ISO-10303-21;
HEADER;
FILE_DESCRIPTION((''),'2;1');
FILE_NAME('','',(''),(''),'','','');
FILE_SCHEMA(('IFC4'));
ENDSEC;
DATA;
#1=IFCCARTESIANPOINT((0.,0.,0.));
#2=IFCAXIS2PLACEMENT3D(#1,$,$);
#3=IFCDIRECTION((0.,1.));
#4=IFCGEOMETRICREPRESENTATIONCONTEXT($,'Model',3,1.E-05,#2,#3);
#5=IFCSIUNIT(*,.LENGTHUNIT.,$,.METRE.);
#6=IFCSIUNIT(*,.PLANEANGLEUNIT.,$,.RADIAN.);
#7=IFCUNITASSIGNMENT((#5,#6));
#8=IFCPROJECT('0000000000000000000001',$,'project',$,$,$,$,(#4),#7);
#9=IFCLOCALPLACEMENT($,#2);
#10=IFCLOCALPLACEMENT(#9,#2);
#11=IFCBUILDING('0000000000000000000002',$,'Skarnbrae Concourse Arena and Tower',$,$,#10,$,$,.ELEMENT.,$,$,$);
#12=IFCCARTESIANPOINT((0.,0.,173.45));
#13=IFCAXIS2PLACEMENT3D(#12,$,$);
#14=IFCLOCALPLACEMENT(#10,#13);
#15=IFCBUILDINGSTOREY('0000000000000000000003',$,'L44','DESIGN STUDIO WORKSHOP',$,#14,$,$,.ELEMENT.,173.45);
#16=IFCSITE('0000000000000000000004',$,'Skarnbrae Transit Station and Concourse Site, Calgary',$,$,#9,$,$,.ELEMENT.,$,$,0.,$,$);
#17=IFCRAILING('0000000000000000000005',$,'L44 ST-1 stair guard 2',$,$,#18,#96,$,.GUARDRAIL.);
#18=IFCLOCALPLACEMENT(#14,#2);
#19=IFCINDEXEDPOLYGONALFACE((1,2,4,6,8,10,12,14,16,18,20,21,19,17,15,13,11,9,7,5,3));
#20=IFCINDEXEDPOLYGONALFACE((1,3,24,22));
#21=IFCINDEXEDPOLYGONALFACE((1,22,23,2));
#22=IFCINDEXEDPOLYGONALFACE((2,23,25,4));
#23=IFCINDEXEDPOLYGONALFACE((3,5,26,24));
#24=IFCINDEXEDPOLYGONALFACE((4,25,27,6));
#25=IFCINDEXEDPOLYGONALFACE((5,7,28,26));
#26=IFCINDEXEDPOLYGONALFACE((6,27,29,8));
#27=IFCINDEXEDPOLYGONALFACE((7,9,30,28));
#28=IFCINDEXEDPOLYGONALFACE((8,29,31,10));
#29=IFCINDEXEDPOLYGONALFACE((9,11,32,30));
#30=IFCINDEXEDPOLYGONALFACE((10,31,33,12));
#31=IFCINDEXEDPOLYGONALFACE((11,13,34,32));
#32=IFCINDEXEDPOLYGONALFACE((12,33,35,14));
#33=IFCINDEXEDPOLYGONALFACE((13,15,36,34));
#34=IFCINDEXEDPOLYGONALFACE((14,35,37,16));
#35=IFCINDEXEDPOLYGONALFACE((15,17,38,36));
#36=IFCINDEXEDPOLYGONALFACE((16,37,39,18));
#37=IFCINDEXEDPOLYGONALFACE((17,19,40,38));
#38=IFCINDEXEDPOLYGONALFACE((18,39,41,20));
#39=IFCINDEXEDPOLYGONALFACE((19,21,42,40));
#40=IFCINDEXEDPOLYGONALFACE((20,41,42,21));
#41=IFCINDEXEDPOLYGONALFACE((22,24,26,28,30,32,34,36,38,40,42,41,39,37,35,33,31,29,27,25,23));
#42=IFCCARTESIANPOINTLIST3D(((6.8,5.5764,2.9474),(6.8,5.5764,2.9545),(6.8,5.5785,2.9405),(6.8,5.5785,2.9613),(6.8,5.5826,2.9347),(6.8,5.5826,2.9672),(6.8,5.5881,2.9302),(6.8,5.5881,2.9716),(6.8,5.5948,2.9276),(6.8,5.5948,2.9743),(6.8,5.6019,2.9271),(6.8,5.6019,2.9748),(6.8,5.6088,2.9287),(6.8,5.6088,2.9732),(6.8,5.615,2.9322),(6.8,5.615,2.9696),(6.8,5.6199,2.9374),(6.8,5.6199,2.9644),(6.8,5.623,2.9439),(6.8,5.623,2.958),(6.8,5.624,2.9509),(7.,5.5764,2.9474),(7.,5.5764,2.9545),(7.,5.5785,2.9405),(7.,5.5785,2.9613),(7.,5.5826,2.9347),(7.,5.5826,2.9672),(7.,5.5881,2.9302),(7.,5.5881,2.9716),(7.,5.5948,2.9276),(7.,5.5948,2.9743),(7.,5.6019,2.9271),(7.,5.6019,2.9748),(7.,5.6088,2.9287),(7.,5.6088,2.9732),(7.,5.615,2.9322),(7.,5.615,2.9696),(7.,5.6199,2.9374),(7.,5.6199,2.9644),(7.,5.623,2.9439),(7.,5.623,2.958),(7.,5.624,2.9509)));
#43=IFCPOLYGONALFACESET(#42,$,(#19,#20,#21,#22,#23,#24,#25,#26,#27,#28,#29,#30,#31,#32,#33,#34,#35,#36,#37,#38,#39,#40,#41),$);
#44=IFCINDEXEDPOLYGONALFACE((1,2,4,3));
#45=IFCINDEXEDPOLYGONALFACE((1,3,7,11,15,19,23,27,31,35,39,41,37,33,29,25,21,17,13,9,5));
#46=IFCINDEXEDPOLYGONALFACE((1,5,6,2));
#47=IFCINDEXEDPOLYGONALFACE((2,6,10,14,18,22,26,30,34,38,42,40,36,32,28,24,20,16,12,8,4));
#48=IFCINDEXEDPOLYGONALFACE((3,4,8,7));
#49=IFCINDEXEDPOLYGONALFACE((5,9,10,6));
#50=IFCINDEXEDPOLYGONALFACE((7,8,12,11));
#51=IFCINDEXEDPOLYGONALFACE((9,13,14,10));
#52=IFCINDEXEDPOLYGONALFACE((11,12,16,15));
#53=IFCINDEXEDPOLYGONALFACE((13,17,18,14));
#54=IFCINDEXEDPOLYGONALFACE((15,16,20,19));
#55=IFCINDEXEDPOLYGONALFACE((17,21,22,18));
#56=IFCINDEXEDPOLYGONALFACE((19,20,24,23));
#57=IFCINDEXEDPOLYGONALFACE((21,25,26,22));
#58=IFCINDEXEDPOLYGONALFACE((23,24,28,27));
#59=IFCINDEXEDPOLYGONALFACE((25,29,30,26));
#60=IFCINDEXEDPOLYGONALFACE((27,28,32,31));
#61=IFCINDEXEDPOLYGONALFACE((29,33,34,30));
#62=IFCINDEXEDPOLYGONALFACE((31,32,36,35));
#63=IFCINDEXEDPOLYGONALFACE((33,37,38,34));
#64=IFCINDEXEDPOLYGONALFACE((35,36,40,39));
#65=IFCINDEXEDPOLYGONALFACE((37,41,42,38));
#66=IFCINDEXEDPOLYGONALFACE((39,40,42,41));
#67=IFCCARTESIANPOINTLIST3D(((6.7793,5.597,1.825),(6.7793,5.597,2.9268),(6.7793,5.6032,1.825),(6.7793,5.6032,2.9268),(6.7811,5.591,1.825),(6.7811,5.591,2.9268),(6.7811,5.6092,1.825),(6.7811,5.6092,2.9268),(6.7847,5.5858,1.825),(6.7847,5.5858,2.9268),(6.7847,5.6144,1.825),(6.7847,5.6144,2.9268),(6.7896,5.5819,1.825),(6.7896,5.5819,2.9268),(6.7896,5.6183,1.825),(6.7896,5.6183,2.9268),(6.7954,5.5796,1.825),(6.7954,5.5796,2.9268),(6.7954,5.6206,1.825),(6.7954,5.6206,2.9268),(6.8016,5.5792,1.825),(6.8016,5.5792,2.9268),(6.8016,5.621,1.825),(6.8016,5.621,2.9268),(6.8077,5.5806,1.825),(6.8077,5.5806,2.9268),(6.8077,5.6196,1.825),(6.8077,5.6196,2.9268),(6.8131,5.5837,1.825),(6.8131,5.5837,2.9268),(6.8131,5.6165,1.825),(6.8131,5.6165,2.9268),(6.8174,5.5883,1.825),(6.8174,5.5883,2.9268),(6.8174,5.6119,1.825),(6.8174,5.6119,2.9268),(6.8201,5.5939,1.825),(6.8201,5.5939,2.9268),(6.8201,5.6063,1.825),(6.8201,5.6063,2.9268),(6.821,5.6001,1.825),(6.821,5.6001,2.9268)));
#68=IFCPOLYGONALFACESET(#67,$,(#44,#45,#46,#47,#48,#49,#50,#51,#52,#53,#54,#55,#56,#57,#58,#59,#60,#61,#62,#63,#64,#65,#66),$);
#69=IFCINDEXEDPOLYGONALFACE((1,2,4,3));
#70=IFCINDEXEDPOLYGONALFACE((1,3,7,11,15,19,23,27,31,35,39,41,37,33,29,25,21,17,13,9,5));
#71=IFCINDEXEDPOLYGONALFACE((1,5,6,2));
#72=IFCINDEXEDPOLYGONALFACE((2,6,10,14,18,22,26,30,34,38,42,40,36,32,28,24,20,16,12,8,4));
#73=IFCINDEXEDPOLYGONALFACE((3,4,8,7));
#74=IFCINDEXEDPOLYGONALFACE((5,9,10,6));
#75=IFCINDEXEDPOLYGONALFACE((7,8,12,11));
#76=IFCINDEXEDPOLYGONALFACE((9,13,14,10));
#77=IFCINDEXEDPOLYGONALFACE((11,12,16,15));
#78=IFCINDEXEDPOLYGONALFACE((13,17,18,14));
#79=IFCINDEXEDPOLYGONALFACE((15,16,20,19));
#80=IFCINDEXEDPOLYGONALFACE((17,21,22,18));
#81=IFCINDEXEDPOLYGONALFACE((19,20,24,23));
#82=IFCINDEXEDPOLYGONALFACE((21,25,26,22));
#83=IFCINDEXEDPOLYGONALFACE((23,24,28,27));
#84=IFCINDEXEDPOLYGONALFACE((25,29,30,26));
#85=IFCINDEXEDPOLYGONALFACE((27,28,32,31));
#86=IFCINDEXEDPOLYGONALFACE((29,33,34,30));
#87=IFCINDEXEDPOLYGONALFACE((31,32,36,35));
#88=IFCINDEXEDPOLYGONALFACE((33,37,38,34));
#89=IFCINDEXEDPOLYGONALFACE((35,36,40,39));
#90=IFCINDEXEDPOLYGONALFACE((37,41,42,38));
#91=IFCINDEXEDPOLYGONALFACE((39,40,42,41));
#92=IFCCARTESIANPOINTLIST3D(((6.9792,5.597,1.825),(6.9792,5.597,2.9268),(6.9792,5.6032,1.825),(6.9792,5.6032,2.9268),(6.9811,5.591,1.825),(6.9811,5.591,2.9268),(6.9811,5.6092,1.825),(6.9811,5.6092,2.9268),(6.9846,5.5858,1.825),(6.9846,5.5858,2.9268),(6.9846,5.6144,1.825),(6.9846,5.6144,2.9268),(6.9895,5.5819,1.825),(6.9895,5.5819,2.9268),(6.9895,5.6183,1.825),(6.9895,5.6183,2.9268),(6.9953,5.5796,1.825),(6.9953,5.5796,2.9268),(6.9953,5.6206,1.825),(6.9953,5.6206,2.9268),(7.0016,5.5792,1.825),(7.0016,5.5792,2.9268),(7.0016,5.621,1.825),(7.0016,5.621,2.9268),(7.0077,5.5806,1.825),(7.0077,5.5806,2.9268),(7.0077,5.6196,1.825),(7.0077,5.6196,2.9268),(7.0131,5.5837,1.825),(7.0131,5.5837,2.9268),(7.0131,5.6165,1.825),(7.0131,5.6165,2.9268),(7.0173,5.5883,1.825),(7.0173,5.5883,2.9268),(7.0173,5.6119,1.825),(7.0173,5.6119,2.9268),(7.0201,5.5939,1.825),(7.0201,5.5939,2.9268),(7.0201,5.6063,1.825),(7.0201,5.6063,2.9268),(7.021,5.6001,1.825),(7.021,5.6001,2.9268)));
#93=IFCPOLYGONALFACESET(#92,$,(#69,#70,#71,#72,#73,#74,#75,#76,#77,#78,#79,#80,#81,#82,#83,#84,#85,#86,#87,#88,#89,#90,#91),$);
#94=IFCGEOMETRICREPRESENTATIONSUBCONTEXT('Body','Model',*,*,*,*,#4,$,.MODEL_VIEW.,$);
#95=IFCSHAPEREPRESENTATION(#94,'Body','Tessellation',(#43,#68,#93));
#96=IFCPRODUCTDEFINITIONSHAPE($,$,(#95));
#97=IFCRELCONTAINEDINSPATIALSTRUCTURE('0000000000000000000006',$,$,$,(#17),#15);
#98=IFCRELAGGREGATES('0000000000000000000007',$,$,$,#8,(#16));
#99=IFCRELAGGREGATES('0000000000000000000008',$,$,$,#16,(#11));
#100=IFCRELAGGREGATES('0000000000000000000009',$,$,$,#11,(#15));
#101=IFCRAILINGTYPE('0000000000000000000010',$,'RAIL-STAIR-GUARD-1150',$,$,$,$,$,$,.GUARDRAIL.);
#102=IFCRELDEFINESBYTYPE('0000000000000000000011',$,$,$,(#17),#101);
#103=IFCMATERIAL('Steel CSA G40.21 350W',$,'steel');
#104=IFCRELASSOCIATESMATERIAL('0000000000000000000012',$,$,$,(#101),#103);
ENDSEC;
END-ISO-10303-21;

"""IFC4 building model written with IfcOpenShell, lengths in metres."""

from ifc_helpers import new_model, si_unit, direction, frame, origin, origin_2d, place, context, subcontext, project, spatial, circle, extrude, material, type_object, element, save


model = new_model("IFC4")

# Units and contexts
model_context = context("Model", 3, precision=1e-05, world=origin(), true_north=direction((0.0, 1.0)))
body_context = subcontext(model_context, "Body", "Model", "MODEL_VIEW")
ifc_project = project(units=[si_unit("LENGTHUNIT", "METRE"), si_unit("PLANEANGLEUNIT", "RADIAN")], contexts=[model_context])

# Site, building, storey
site_placement = place(None, origin())
site = spatial("IfcSite", under=ifc_project, at=site_placement, Name="Skarnbrae Transit Station and Concourse Site, Calgary", CompositionType="ELEMENT", RefElevation=0.0)
building_placement = place(site_placement, origin())
building = spatial("IfcBuilding", under=site, at=building_placement, Name="Skarnbrae Concourse Arena and Tower", CompositionType="ELEMENT")
storey_placement = place(building_placement, frame((0.0, 0.0, 173.45)))
storey = spatial("IfcBuildingStorey", under=building, at=storey_placement, Name="L44", Description="DESIGN STUDIO WORKSHOP", CompositionType="ELEMENT", Elevation=173.45)

# Shared definitions
ifc_material_1 = material(Name="Steel CSA G40.21 350W", Category="steel")

# Railing
railing_type_1 = type_object("IfcRailingType", Name="RAIL-STAIR-GUARD-1150", PredefinedType="GUARDRAIL", material=ifc_material_1)
railing_1_placement = place(storey_placement, frame((6.8, 5.6001, 1.825)))
element("IfcRailing", 1, at=railing_1_placement, inside=storey, type_object=railing_type_1, Name="L44 ST-1 stair guard 2", PredefinedType="GUARDRAIL", context=body_context, shape_type="SweptSolid", body=[
    extrude(circle(Radius=0.0239, at=origin_2d()), frame((0.0, 0.0, 1.126), z_axis=(1.0, 0.0, 0.0), x_axis=(0.0, 1.0, 0.0)), (0.0, 0.0, 1.0), 0.2),
    extrude(circle(Radius=0.021, at=origin_2d()), origin(), (0.0, 0.0, 1.0), 1.1018),
    extrude(circle(Radius=0.021, at=origin_2d()), frame((0.2, 0.0, 0.0)), (0.0, 0.0, 1.0), 1.1018),
])

save(model, "model.ifc")
